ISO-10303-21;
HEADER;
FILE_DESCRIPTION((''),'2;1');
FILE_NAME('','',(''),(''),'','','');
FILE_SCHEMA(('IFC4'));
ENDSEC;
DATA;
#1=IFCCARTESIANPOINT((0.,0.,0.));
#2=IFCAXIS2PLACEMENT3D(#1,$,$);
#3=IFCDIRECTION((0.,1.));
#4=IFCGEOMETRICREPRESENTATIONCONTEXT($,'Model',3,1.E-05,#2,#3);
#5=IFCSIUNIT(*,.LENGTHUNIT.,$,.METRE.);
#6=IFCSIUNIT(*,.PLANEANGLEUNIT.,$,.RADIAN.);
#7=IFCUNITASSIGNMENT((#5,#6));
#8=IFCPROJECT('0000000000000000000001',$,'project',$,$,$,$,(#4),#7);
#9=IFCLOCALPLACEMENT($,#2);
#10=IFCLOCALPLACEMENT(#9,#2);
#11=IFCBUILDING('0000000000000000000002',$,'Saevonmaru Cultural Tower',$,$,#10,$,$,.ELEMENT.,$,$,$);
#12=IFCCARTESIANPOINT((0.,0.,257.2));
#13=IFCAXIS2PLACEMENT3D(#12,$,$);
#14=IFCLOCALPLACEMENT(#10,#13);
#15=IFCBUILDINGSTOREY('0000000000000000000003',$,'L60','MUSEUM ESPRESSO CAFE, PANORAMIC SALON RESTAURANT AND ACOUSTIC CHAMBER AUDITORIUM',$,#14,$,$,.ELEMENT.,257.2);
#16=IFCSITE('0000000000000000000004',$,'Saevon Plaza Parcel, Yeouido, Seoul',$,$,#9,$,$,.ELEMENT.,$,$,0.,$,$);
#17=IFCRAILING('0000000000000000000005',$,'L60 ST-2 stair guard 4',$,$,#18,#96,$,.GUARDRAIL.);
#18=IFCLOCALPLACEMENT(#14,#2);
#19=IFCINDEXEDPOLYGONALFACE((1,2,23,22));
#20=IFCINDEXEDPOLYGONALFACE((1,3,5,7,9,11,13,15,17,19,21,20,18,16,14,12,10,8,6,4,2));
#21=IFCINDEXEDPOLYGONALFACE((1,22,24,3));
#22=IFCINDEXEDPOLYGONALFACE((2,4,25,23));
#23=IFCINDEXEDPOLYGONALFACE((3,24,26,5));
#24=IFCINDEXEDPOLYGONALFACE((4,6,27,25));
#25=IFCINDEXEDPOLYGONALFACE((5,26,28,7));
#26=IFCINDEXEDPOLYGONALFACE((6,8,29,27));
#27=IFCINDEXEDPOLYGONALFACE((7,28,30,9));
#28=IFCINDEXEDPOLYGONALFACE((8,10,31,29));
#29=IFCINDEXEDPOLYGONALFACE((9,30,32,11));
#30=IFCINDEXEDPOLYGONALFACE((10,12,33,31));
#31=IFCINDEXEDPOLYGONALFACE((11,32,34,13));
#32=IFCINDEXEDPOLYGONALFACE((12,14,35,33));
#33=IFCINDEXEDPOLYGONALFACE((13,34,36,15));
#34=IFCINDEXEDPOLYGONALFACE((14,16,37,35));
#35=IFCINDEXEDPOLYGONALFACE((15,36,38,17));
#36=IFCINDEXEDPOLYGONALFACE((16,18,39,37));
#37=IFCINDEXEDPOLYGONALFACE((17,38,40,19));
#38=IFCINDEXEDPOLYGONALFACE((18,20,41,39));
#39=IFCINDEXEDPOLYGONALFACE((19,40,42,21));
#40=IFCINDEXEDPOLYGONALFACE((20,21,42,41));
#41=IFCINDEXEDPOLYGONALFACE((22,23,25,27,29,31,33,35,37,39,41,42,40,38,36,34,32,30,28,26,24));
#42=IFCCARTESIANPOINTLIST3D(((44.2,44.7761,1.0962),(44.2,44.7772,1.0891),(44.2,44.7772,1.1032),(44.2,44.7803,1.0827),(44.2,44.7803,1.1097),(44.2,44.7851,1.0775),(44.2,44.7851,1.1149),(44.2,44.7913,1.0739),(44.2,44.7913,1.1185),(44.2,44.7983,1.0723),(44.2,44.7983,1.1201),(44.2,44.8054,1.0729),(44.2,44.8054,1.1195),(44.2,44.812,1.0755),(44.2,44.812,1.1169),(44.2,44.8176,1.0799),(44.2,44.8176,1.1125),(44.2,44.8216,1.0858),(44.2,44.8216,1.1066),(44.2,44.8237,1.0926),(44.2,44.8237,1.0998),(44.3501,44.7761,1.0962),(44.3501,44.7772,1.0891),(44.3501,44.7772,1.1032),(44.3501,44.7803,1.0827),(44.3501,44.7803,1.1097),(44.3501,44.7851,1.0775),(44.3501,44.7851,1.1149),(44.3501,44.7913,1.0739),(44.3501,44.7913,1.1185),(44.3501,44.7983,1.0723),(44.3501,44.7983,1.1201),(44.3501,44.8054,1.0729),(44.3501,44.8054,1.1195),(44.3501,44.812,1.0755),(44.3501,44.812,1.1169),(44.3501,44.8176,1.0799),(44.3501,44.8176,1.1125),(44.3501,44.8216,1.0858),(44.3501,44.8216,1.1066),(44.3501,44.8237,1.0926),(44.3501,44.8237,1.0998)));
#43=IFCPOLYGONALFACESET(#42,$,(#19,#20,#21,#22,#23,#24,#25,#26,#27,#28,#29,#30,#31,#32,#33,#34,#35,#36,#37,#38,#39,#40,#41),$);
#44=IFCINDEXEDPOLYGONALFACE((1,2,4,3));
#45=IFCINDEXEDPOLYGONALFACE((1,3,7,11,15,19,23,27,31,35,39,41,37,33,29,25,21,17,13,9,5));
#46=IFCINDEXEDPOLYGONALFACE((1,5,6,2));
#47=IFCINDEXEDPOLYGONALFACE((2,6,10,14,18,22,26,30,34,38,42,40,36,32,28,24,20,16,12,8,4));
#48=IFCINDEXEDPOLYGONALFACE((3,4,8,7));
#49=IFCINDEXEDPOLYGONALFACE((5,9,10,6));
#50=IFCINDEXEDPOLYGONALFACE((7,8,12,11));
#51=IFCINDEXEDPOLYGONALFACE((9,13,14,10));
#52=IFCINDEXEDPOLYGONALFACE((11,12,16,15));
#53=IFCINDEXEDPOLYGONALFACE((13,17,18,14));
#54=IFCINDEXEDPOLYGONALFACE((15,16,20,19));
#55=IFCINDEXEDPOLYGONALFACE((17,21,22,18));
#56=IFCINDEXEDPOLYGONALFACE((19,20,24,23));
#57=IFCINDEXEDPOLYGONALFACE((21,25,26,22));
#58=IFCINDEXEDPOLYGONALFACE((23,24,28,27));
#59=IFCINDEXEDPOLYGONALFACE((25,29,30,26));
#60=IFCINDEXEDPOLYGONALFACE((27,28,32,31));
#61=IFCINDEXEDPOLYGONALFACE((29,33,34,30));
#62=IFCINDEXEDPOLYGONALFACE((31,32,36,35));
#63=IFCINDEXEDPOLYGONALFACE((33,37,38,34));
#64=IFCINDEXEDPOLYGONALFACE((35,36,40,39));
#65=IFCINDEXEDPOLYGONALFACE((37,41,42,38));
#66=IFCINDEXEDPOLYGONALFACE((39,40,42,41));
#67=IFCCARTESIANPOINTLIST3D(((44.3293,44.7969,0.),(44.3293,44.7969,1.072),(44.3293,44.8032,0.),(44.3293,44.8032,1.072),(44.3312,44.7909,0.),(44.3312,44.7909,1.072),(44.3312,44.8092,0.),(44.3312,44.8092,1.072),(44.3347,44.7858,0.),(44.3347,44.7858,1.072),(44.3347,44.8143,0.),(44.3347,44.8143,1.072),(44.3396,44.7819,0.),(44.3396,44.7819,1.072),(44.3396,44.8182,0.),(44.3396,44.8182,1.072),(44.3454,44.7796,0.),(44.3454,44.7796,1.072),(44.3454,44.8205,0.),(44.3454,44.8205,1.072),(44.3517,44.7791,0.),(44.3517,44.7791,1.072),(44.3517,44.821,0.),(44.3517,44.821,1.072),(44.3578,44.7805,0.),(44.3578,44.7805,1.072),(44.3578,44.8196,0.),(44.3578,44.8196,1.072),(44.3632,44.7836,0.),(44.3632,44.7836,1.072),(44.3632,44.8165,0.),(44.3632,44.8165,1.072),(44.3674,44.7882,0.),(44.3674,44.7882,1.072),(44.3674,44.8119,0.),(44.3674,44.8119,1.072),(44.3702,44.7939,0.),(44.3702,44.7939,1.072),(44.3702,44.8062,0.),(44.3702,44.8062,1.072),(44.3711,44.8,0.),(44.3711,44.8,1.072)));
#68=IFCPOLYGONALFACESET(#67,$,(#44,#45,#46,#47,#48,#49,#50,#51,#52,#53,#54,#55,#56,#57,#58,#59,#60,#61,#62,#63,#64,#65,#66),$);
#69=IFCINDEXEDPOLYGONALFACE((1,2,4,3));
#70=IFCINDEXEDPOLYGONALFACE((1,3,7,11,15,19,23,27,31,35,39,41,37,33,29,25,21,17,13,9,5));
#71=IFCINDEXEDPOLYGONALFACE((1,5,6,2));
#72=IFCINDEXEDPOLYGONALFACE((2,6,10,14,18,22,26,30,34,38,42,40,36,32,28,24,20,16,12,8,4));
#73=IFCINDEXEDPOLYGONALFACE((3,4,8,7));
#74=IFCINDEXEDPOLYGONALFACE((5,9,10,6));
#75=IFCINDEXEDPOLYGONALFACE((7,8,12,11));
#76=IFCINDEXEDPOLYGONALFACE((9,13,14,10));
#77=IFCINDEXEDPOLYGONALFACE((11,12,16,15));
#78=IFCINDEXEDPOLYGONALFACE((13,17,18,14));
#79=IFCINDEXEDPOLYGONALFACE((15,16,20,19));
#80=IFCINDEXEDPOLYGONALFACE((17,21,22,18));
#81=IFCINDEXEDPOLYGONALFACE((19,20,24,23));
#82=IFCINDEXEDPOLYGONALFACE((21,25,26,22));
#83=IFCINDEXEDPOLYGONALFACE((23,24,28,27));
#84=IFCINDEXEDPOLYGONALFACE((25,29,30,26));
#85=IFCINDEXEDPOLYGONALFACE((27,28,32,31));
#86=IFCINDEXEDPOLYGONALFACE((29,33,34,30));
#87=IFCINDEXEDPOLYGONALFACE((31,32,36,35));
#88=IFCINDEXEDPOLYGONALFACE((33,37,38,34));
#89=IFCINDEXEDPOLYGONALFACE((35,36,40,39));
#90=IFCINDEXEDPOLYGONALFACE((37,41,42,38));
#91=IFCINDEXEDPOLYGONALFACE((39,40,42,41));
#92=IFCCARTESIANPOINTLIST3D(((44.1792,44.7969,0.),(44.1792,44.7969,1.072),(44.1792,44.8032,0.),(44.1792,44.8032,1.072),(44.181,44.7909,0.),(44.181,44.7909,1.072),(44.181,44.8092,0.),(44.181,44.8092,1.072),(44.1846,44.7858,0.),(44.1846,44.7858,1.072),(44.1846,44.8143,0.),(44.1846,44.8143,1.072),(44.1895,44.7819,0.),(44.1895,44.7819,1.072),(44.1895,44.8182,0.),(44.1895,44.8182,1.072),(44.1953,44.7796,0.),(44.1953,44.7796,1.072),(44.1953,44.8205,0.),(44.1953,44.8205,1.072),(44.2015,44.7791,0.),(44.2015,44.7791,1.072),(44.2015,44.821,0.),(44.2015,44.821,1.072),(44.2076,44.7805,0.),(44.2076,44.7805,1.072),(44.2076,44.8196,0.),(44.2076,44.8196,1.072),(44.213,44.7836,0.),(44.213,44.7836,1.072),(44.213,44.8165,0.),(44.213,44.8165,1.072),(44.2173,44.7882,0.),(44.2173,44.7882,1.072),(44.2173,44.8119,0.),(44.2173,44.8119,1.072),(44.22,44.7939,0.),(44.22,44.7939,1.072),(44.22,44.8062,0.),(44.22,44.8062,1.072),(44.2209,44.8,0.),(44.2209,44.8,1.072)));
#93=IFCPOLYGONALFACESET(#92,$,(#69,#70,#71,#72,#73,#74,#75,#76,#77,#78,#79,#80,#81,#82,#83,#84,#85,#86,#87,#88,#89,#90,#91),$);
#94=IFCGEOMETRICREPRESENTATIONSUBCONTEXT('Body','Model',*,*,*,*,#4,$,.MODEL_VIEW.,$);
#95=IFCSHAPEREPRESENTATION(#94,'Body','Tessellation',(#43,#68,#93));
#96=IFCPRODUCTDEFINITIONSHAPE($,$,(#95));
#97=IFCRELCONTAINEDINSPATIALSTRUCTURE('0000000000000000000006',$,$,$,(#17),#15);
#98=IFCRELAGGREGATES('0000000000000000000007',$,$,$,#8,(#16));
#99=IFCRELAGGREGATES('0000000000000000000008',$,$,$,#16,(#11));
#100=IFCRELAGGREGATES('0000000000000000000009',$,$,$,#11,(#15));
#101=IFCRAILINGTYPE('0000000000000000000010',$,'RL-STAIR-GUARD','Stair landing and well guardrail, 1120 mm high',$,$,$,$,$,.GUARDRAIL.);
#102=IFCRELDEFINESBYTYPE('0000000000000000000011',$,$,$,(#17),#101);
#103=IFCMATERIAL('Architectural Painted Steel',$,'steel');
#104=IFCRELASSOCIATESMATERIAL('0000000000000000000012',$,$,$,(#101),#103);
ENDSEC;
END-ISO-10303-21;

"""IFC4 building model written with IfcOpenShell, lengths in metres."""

from ifc_helpers import new_model, si_unit, direction, frame, origin, origin_2d, place, context, subcontext, project, spatial, circle, extrude, material, type_object, element, save


model = new_model("IFC4")

# Units and contexts
model_context = context("Model", 3, precision=1e-05, world=origin(), true_north=direction((0.0, 1.0)))
body_context = subcontext(model_context, "Body", "Model", "MODEL_VIEW")
ifc_project = project(units=[si_unit("LENGTHUNIT", "METRE"), si_unit("PLANEANGLEUNIT", "RADIAN")], contexts=[model_context])

# Site, building, storey
site_placement = place(None, origin())
site = spatial("IfcSite", under=ifc_project, at=site_placement, Name="Saevon Plaza Parcel, Yeouido, Seoul", CompositionType="ELEMENT", RefElevation=0.0)
building_placement = place(site_placement, origin())
building = spatial("IfcBuilding", under=site, at=building_placement, Name="Saevonmaru Cultural Tower", CompositionType="ELEMENT")
storey_placement = place(building_placement, frame((0.0, 0.0, 257.2)))
storey = spatial("IfcBuildingStorey", under=building, at=storey_placement, Name="L60", Description="MUSEUM ESPRESSO CAFE, PANORAMIC SALON RESTAURANT AND ACOUSTIC CHAMBER AUDITORIUM", CompositionType="ELEMENT", Elevation=257.2)

# Railing
ifc_material_1 = material(Name="Architectural Painted Steel", Category="steel")
railing_type_1 = type_object("IfcRailingType", Name="RL-STAIR-GUARD", Description="Stair landing and well guardrail, 1120 mm high", PredefinedType="GUARDRAIL", material=ifc_material_1)
railing_1_placement = place(storey_placement, frame((44.3501, 44.8, 0.0)))
element("IfcRailing", 1, at=railing_1_placement, inside=storey, type_object=railing_type_1, Name="L60 ST-2 stair guard 4", PredefinedType="GUARDRAIL", context=body_context, shape_type="SweptSolid", body=[
    extrude(circle(Radius=0.0239, at=origin_2d()), frame((0.0, 0.0, 1.0962), z_axis=(-1.0, 0.0, 0.0), x_axis=(0.0, -1.0, 0.0)), (0.0, 0.0, 1.0), 0.1501),
    extrude(circle(Radius=0.021, at=origin_2d()), origin(), (0.0, 0.0, 1.0), 1.072),
    extrude(circle(Radius=0.021, at=origin_2d()), frame((-0.1501, 0.0, 0.0)), (0.0, 0.0, 1.0), 1.072),
])

save(model, "model.ifc")
